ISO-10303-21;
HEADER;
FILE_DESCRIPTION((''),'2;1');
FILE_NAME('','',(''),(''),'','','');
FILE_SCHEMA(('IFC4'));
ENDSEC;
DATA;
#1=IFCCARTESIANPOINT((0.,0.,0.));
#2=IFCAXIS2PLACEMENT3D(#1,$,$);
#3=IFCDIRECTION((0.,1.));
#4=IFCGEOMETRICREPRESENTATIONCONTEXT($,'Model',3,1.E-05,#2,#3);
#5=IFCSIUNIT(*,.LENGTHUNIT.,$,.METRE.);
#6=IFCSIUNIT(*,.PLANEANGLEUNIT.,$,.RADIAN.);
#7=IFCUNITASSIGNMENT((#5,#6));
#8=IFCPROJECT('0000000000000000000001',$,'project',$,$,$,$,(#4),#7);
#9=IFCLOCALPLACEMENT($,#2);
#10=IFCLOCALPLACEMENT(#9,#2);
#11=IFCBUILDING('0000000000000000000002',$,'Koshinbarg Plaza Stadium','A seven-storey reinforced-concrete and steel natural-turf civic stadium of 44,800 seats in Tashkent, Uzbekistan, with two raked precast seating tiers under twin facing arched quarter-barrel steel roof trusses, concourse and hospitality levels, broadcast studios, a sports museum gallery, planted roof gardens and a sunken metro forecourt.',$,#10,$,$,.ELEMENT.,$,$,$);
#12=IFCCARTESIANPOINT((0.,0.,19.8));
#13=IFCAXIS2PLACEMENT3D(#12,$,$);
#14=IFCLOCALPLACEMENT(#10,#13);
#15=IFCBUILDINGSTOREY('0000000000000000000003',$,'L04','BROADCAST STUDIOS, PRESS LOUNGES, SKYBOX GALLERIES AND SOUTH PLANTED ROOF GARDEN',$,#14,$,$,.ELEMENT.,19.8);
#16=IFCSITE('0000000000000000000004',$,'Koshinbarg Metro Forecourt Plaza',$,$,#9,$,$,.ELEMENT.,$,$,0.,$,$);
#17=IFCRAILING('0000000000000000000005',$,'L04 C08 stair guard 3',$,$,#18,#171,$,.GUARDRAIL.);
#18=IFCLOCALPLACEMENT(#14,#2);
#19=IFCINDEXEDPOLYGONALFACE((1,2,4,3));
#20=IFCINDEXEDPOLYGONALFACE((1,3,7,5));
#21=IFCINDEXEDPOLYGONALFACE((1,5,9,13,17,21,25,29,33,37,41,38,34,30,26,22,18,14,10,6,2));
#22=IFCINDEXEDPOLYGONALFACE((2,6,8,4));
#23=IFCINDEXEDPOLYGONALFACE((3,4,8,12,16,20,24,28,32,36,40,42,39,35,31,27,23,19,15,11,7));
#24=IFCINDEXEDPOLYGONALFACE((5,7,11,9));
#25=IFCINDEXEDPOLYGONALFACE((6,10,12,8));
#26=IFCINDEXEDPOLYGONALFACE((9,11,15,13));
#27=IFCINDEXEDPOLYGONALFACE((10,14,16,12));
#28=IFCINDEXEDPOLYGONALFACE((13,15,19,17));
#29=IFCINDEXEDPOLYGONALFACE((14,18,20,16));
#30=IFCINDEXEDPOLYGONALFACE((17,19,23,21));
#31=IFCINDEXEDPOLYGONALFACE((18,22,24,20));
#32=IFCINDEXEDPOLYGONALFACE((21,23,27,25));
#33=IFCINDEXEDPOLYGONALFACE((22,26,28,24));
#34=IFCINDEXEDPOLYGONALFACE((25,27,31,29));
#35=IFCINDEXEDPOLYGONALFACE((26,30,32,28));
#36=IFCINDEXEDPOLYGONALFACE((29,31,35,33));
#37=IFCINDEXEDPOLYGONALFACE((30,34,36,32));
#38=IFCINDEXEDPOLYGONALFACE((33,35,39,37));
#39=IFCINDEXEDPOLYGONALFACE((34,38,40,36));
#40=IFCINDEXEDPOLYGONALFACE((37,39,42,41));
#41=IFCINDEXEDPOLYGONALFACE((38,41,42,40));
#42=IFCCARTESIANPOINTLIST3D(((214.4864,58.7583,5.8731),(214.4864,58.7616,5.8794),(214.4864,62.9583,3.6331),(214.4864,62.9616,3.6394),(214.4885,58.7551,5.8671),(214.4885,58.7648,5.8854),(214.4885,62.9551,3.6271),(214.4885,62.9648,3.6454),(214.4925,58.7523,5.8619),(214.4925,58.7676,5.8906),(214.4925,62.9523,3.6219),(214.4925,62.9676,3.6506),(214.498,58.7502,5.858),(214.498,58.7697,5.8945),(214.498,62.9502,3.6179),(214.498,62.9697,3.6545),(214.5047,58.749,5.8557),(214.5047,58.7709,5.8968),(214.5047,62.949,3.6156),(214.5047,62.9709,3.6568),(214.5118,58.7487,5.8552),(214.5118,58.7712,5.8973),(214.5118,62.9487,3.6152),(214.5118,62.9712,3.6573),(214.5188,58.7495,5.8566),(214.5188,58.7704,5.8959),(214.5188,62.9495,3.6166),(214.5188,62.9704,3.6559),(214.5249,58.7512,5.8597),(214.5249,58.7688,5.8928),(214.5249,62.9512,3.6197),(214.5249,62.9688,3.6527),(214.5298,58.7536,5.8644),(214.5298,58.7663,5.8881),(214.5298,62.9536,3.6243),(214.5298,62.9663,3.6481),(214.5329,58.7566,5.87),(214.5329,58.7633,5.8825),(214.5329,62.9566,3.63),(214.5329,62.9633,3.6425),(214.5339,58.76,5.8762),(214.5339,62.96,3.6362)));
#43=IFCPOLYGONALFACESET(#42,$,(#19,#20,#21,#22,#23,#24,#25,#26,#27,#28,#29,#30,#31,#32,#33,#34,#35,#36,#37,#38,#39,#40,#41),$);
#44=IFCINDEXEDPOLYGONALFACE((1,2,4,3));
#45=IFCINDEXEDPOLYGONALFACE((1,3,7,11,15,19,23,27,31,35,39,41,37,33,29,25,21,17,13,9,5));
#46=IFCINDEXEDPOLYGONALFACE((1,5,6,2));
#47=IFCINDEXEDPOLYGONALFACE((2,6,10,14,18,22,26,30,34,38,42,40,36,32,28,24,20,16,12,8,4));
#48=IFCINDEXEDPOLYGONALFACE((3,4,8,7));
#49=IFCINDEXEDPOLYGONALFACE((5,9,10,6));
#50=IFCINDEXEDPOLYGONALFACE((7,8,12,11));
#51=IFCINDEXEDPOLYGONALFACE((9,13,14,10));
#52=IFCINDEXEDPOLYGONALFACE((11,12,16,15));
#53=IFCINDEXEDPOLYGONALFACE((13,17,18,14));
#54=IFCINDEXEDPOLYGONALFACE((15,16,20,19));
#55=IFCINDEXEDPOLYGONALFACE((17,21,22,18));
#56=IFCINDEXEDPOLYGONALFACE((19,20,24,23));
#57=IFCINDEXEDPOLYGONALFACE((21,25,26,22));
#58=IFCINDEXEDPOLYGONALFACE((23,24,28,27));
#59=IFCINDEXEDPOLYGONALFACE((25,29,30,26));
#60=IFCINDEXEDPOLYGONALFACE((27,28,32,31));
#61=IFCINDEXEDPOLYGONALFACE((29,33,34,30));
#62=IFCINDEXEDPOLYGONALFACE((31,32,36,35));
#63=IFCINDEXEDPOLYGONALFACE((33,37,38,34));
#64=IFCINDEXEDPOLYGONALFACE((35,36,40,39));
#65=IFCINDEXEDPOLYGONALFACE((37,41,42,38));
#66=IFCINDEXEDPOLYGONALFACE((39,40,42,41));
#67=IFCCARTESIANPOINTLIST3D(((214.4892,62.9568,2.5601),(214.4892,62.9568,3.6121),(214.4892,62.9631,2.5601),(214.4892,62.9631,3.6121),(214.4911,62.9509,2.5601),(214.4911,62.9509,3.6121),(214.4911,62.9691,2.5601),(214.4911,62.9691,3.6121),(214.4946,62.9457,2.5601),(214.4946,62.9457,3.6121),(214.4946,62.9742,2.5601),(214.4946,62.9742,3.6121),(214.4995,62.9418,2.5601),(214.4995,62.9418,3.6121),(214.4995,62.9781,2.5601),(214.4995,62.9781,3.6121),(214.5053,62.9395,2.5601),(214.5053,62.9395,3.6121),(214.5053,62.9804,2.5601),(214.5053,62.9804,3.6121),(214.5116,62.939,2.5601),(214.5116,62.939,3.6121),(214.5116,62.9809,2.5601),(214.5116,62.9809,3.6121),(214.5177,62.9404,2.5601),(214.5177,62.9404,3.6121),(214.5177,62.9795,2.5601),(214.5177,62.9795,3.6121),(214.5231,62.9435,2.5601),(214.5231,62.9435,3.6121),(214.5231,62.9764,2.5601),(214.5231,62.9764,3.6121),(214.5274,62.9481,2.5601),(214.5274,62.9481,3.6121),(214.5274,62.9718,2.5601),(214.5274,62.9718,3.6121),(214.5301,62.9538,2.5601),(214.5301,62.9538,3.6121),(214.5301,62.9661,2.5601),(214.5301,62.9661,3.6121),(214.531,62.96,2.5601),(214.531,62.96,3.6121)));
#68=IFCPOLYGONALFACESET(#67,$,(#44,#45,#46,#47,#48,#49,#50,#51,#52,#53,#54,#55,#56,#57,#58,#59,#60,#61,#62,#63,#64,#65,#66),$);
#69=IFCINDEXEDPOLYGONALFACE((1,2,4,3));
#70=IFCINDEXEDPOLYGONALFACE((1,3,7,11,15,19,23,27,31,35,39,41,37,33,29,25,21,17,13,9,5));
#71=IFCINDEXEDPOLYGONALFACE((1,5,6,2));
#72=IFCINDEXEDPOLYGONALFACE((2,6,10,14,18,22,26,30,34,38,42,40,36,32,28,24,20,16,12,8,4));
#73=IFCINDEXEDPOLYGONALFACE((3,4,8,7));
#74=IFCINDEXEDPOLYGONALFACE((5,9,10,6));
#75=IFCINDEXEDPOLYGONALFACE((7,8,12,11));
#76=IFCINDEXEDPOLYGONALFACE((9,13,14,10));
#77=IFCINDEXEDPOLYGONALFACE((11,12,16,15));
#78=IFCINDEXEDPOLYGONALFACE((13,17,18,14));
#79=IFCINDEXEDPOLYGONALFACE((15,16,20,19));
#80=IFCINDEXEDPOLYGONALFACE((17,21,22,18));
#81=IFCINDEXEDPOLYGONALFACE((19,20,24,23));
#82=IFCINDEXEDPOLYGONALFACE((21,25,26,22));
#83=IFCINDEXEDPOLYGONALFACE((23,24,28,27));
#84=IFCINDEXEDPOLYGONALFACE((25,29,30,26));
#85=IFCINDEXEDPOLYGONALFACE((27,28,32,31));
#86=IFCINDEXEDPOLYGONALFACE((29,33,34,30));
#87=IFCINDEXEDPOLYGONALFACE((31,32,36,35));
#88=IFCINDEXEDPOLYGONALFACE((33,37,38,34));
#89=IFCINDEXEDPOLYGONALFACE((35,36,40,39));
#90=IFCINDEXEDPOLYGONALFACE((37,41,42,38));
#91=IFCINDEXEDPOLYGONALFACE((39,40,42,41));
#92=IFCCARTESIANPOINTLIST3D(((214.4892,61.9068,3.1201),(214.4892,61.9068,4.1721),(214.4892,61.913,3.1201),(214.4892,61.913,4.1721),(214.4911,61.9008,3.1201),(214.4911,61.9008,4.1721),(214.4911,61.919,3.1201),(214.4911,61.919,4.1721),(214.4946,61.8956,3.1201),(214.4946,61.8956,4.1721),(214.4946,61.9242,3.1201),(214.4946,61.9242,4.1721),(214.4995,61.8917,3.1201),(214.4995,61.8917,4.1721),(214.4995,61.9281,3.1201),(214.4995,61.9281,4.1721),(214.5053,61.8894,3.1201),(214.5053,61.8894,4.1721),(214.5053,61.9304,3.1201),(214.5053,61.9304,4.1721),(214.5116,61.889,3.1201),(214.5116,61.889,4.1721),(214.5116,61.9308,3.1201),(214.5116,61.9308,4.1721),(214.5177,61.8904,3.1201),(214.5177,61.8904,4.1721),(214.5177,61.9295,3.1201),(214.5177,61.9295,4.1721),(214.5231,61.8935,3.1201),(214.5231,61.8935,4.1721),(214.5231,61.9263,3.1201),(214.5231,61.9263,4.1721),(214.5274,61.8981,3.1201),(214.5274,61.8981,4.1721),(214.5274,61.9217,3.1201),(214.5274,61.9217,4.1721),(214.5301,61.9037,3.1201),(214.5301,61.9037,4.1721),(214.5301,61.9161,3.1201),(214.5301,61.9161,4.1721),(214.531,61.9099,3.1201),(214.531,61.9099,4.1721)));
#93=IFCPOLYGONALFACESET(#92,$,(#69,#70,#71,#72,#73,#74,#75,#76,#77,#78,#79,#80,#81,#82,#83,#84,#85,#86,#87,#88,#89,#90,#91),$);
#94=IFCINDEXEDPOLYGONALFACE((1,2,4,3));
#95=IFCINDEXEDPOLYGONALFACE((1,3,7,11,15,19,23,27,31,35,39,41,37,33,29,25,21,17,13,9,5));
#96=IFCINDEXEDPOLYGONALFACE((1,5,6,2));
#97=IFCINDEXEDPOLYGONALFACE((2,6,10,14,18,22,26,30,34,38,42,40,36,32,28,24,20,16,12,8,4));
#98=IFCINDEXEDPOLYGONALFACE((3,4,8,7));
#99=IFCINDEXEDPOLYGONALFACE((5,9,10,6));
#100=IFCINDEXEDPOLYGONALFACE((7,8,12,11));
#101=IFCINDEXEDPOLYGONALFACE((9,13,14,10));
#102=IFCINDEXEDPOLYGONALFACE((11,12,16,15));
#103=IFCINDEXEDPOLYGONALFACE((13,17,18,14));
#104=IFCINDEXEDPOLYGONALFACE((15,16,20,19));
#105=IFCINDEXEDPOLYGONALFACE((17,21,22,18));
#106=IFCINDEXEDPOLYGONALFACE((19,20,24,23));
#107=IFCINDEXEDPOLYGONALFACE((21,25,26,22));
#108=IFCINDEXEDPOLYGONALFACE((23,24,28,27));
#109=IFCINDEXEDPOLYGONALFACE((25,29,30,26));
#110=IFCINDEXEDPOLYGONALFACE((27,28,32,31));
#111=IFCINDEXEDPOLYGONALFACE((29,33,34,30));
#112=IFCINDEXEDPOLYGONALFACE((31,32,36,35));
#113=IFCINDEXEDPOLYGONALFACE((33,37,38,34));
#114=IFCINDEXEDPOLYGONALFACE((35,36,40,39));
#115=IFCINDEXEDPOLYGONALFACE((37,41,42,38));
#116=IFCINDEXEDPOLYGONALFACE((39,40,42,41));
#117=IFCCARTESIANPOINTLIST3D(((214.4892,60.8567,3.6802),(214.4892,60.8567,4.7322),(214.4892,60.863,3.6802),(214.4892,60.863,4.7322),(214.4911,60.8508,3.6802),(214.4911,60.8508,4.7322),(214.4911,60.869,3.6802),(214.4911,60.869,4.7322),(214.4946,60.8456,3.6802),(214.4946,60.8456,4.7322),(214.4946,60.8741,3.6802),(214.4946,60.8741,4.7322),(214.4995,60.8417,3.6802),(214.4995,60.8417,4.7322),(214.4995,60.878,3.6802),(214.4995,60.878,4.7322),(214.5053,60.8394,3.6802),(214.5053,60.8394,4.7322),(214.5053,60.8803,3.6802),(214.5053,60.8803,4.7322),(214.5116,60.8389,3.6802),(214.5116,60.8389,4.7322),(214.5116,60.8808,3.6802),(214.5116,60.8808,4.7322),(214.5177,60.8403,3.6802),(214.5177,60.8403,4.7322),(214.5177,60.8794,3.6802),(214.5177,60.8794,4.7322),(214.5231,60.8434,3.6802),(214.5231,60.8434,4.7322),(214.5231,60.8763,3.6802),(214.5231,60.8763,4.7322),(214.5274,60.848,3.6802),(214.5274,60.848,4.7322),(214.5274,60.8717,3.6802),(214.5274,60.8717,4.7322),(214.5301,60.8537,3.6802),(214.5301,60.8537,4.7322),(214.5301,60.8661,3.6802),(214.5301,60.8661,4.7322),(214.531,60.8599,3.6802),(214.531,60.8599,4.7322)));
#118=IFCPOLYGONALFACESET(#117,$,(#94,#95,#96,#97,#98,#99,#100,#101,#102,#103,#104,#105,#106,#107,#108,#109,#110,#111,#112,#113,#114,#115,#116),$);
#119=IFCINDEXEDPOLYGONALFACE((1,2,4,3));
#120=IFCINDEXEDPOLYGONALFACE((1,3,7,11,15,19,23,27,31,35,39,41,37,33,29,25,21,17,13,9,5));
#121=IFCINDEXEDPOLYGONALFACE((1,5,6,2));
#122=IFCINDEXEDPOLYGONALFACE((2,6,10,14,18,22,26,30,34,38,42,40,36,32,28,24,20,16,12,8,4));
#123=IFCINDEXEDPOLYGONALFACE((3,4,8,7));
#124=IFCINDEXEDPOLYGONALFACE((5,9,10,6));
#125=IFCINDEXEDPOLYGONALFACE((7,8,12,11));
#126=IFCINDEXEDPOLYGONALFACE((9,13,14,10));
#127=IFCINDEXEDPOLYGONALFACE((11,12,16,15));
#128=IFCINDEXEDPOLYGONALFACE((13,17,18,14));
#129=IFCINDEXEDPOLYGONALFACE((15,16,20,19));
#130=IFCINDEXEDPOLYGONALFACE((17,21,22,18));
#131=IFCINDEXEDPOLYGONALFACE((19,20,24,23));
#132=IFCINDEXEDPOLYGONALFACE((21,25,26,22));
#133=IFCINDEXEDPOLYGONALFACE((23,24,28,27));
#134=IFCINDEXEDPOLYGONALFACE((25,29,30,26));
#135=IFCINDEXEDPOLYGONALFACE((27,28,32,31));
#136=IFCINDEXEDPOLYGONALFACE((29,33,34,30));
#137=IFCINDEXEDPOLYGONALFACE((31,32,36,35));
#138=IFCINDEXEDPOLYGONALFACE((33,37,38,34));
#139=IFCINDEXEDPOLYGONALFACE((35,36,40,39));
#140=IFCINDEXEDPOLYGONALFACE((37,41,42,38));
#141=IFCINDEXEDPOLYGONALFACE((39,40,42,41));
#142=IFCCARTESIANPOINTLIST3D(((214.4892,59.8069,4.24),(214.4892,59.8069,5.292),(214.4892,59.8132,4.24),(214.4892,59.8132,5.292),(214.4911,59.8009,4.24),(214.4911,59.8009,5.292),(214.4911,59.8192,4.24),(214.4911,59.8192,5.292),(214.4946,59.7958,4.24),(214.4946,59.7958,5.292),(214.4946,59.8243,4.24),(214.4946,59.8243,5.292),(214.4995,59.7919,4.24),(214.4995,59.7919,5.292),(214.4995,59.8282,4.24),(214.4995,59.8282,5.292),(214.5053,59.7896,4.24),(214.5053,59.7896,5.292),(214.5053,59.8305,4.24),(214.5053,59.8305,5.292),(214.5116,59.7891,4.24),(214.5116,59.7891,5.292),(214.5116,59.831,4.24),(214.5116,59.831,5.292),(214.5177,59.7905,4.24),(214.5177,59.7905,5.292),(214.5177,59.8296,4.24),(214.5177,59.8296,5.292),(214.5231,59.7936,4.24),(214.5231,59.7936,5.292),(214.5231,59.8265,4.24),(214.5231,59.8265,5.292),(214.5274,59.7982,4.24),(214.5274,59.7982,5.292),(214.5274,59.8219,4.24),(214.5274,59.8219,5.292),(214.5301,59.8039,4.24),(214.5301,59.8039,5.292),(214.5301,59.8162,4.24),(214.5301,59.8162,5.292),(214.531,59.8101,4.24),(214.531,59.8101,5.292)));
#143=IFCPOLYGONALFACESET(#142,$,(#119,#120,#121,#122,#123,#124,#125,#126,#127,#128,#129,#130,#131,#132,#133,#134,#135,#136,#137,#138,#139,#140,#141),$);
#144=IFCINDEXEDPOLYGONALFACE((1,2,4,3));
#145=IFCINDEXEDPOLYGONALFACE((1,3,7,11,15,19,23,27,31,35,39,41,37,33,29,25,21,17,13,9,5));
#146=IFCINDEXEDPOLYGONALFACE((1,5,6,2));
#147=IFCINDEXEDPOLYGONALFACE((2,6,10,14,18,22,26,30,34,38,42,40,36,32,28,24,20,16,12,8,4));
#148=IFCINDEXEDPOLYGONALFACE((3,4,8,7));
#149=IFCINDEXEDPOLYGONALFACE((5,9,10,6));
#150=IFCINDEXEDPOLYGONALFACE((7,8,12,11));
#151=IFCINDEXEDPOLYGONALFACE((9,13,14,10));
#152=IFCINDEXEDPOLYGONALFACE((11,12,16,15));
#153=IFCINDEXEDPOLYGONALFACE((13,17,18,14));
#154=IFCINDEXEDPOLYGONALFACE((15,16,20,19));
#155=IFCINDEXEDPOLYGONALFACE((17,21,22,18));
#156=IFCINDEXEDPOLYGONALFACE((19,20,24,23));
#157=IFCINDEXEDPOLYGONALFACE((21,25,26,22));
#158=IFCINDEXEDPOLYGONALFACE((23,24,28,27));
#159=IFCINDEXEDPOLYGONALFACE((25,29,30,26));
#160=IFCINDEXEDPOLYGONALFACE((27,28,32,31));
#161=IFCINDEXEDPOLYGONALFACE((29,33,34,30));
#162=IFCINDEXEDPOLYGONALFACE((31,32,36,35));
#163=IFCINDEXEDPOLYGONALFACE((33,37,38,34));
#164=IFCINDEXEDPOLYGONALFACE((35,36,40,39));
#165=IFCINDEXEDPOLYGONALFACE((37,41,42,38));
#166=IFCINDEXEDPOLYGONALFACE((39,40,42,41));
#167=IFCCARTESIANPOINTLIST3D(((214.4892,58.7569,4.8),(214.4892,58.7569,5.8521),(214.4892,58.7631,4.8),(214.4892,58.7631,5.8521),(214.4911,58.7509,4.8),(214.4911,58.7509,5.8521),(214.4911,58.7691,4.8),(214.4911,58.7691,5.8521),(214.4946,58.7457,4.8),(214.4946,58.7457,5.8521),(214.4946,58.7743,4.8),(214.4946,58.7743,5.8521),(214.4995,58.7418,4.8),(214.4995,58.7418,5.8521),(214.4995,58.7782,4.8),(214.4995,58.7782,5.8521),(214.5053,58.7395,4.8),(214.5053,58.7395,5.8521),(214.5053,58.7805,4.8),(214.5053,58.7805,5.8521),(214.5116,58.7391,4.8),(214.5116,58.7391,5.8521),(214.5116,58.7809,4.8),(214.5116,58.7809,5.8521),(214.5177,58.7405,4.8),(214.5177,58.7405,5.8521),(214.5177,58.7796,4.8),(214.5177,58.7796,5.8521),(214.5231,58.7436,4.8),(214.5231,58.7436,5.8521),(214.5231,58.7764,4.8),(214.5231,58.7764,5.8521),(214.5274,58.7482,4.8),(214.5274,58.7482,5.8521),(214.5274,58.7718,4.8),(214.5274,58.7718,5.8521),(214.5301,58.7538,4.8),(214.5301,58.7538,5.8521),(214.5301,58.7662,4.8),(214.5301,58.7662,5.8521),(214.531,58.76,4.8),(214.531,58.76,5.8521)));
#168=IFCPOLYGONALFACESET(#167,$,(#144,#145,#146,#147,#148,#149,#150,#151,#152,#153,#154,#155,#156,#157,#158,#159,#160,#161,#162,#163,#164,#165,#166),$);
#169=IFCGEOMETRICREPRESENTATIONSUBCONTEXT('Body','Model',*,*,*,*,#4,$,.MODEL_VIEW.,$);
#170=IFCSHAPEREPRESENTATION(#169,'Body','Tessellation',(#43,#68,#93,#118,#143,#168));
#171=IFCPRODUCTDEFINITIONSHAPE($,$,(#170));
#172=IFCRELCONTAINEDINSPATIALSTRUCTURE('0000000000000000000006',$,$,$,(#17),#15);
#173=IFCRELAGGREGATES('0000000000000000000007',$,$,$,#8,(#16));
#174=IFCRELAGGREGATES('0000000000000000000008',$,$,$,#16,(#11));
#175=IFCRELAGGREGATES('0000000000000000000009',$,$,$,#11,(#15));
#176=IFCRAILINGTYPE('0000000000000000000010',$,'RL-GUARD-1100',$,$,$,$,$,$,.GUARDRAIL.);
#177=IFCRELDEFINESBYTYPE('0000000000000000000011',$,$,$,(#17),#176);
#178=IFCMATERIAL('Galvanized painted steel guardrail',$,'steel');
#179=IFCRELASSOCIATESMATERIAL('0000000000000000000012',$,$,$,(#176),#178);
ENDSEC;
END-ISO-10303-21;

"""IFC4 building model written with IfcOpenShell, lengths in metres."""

from ifc_helpers import new_model, si_unit, direction, frame, origin, origin_2d, place, context, subcontext, project, spatial, circle, extrude, material, type_object, element, save


model = new_model("IFC4")

# Units and contexts
model_context = context("Model", 3, precision=1e-05, world=origin(), true_north=direction((0.0, 1.0)))
body_context = subcontext(model_context, "Body", "Model", "MODEL_VIEW")
ifc_project = project(units=[si_unit("LENGTHUNIT", "METRE"), si_unit("PLANEANGLEUNIT", "RADIAN")], contexts=[model_context])

# Site, building, storey
site_placement = place(None, origin())
site = spatial("IfcSite", under=ifc_project, at=site_placement, Name="Koshinbarg Metro Forecourt Plaza", CompositionType="ELEMENT", RefElevation=0.0)
building_placement = place(site_placement, origin())
building = spatial("IfcBuilding", under=site, at=building_placement, Name="Koshinbarg Plaza Stadium", Description="A seven-storey reinforced-concrete and steel natural-turf civic stadium of 44,800 seats in Tashkent, Uzbekistan, with two raked precast seating tiers under twin facing arched quarter-barrel steel roof trusses, concourse and hospitality levels, broadcast studios, a sports museum gallery, planted roof gardens and a sunken metro forecourt.", CompositionType="ELEMENT")
storey_placement = place(building_placement, frame((0.0, 0.0, 19.8)))
storey = spatial("IfcBuildingStorey", under=building, at=storey_placement, Name="L04", Description="BROADCAST STUDIOS, PRESS LOUNGES, SKYBOX GALLERIES AND SOUTH PLANTED ROOF GARDEN", CompositionType="ELEMENT", Elevation=19.8)

# Railing
ifc_material_1 = material(Name="Galvanized painted steel guardrail", Category="steel")
railing_type = type_object("IfcRailingType", Name="RL-GUARD-1100", PredefinedType="GUARDRAIL", material=ifc_material_1)
railing_1_placement = place(storey_placement, frame((214.51, 62.96, 2.5601)))
element("IfcRailing", 1, at=railing_1_placement, inside=storey, type_object=railing_type, Name="L04 C08 stair guard 3", PredefinedType="GUARDRAIL", context=body_context, shape_type="SweptSolid", body=[
    extrude(circle(Radius=0.0239, at=origin_2d()), frame((0.0, 0.0, 1.0762), z_axis=(0.0, -0.882352, 0.470591), x_axis=(1.0, 0.0, 0.0)), (0.0, 0.0, 1.0), 4.76),
    extrude(circle(Radius=0.021, at=origin_2d()), origin(), (0.0, 0.0, 1.0), 1.052),
    extrude(circle(Radius=0.021, at=origin_2d()), frame((0.0, -1.05, 0.5601)), (0.0, 0.0, 1.0), 1.052),
    extrude(circle(Radius=0.021, at=origin_2d()), frame((0.0, -2.1001, 1.1201)), (0.0, 0.0, 1.0), 1.052),
    extrude(circle(Radius=0.021, at=origin_2d()), frame((0.0, -3.1499, 1.6799)), (0.0, 0.0, 1.0), 1.052),
    extrude(circle(Radius=0.021, at=origin_2d()), frame((0.0, -4.2, 2.24)), (0.0, 0.0, 1.0), 1.052),
])

save(model, "model.ifc")
